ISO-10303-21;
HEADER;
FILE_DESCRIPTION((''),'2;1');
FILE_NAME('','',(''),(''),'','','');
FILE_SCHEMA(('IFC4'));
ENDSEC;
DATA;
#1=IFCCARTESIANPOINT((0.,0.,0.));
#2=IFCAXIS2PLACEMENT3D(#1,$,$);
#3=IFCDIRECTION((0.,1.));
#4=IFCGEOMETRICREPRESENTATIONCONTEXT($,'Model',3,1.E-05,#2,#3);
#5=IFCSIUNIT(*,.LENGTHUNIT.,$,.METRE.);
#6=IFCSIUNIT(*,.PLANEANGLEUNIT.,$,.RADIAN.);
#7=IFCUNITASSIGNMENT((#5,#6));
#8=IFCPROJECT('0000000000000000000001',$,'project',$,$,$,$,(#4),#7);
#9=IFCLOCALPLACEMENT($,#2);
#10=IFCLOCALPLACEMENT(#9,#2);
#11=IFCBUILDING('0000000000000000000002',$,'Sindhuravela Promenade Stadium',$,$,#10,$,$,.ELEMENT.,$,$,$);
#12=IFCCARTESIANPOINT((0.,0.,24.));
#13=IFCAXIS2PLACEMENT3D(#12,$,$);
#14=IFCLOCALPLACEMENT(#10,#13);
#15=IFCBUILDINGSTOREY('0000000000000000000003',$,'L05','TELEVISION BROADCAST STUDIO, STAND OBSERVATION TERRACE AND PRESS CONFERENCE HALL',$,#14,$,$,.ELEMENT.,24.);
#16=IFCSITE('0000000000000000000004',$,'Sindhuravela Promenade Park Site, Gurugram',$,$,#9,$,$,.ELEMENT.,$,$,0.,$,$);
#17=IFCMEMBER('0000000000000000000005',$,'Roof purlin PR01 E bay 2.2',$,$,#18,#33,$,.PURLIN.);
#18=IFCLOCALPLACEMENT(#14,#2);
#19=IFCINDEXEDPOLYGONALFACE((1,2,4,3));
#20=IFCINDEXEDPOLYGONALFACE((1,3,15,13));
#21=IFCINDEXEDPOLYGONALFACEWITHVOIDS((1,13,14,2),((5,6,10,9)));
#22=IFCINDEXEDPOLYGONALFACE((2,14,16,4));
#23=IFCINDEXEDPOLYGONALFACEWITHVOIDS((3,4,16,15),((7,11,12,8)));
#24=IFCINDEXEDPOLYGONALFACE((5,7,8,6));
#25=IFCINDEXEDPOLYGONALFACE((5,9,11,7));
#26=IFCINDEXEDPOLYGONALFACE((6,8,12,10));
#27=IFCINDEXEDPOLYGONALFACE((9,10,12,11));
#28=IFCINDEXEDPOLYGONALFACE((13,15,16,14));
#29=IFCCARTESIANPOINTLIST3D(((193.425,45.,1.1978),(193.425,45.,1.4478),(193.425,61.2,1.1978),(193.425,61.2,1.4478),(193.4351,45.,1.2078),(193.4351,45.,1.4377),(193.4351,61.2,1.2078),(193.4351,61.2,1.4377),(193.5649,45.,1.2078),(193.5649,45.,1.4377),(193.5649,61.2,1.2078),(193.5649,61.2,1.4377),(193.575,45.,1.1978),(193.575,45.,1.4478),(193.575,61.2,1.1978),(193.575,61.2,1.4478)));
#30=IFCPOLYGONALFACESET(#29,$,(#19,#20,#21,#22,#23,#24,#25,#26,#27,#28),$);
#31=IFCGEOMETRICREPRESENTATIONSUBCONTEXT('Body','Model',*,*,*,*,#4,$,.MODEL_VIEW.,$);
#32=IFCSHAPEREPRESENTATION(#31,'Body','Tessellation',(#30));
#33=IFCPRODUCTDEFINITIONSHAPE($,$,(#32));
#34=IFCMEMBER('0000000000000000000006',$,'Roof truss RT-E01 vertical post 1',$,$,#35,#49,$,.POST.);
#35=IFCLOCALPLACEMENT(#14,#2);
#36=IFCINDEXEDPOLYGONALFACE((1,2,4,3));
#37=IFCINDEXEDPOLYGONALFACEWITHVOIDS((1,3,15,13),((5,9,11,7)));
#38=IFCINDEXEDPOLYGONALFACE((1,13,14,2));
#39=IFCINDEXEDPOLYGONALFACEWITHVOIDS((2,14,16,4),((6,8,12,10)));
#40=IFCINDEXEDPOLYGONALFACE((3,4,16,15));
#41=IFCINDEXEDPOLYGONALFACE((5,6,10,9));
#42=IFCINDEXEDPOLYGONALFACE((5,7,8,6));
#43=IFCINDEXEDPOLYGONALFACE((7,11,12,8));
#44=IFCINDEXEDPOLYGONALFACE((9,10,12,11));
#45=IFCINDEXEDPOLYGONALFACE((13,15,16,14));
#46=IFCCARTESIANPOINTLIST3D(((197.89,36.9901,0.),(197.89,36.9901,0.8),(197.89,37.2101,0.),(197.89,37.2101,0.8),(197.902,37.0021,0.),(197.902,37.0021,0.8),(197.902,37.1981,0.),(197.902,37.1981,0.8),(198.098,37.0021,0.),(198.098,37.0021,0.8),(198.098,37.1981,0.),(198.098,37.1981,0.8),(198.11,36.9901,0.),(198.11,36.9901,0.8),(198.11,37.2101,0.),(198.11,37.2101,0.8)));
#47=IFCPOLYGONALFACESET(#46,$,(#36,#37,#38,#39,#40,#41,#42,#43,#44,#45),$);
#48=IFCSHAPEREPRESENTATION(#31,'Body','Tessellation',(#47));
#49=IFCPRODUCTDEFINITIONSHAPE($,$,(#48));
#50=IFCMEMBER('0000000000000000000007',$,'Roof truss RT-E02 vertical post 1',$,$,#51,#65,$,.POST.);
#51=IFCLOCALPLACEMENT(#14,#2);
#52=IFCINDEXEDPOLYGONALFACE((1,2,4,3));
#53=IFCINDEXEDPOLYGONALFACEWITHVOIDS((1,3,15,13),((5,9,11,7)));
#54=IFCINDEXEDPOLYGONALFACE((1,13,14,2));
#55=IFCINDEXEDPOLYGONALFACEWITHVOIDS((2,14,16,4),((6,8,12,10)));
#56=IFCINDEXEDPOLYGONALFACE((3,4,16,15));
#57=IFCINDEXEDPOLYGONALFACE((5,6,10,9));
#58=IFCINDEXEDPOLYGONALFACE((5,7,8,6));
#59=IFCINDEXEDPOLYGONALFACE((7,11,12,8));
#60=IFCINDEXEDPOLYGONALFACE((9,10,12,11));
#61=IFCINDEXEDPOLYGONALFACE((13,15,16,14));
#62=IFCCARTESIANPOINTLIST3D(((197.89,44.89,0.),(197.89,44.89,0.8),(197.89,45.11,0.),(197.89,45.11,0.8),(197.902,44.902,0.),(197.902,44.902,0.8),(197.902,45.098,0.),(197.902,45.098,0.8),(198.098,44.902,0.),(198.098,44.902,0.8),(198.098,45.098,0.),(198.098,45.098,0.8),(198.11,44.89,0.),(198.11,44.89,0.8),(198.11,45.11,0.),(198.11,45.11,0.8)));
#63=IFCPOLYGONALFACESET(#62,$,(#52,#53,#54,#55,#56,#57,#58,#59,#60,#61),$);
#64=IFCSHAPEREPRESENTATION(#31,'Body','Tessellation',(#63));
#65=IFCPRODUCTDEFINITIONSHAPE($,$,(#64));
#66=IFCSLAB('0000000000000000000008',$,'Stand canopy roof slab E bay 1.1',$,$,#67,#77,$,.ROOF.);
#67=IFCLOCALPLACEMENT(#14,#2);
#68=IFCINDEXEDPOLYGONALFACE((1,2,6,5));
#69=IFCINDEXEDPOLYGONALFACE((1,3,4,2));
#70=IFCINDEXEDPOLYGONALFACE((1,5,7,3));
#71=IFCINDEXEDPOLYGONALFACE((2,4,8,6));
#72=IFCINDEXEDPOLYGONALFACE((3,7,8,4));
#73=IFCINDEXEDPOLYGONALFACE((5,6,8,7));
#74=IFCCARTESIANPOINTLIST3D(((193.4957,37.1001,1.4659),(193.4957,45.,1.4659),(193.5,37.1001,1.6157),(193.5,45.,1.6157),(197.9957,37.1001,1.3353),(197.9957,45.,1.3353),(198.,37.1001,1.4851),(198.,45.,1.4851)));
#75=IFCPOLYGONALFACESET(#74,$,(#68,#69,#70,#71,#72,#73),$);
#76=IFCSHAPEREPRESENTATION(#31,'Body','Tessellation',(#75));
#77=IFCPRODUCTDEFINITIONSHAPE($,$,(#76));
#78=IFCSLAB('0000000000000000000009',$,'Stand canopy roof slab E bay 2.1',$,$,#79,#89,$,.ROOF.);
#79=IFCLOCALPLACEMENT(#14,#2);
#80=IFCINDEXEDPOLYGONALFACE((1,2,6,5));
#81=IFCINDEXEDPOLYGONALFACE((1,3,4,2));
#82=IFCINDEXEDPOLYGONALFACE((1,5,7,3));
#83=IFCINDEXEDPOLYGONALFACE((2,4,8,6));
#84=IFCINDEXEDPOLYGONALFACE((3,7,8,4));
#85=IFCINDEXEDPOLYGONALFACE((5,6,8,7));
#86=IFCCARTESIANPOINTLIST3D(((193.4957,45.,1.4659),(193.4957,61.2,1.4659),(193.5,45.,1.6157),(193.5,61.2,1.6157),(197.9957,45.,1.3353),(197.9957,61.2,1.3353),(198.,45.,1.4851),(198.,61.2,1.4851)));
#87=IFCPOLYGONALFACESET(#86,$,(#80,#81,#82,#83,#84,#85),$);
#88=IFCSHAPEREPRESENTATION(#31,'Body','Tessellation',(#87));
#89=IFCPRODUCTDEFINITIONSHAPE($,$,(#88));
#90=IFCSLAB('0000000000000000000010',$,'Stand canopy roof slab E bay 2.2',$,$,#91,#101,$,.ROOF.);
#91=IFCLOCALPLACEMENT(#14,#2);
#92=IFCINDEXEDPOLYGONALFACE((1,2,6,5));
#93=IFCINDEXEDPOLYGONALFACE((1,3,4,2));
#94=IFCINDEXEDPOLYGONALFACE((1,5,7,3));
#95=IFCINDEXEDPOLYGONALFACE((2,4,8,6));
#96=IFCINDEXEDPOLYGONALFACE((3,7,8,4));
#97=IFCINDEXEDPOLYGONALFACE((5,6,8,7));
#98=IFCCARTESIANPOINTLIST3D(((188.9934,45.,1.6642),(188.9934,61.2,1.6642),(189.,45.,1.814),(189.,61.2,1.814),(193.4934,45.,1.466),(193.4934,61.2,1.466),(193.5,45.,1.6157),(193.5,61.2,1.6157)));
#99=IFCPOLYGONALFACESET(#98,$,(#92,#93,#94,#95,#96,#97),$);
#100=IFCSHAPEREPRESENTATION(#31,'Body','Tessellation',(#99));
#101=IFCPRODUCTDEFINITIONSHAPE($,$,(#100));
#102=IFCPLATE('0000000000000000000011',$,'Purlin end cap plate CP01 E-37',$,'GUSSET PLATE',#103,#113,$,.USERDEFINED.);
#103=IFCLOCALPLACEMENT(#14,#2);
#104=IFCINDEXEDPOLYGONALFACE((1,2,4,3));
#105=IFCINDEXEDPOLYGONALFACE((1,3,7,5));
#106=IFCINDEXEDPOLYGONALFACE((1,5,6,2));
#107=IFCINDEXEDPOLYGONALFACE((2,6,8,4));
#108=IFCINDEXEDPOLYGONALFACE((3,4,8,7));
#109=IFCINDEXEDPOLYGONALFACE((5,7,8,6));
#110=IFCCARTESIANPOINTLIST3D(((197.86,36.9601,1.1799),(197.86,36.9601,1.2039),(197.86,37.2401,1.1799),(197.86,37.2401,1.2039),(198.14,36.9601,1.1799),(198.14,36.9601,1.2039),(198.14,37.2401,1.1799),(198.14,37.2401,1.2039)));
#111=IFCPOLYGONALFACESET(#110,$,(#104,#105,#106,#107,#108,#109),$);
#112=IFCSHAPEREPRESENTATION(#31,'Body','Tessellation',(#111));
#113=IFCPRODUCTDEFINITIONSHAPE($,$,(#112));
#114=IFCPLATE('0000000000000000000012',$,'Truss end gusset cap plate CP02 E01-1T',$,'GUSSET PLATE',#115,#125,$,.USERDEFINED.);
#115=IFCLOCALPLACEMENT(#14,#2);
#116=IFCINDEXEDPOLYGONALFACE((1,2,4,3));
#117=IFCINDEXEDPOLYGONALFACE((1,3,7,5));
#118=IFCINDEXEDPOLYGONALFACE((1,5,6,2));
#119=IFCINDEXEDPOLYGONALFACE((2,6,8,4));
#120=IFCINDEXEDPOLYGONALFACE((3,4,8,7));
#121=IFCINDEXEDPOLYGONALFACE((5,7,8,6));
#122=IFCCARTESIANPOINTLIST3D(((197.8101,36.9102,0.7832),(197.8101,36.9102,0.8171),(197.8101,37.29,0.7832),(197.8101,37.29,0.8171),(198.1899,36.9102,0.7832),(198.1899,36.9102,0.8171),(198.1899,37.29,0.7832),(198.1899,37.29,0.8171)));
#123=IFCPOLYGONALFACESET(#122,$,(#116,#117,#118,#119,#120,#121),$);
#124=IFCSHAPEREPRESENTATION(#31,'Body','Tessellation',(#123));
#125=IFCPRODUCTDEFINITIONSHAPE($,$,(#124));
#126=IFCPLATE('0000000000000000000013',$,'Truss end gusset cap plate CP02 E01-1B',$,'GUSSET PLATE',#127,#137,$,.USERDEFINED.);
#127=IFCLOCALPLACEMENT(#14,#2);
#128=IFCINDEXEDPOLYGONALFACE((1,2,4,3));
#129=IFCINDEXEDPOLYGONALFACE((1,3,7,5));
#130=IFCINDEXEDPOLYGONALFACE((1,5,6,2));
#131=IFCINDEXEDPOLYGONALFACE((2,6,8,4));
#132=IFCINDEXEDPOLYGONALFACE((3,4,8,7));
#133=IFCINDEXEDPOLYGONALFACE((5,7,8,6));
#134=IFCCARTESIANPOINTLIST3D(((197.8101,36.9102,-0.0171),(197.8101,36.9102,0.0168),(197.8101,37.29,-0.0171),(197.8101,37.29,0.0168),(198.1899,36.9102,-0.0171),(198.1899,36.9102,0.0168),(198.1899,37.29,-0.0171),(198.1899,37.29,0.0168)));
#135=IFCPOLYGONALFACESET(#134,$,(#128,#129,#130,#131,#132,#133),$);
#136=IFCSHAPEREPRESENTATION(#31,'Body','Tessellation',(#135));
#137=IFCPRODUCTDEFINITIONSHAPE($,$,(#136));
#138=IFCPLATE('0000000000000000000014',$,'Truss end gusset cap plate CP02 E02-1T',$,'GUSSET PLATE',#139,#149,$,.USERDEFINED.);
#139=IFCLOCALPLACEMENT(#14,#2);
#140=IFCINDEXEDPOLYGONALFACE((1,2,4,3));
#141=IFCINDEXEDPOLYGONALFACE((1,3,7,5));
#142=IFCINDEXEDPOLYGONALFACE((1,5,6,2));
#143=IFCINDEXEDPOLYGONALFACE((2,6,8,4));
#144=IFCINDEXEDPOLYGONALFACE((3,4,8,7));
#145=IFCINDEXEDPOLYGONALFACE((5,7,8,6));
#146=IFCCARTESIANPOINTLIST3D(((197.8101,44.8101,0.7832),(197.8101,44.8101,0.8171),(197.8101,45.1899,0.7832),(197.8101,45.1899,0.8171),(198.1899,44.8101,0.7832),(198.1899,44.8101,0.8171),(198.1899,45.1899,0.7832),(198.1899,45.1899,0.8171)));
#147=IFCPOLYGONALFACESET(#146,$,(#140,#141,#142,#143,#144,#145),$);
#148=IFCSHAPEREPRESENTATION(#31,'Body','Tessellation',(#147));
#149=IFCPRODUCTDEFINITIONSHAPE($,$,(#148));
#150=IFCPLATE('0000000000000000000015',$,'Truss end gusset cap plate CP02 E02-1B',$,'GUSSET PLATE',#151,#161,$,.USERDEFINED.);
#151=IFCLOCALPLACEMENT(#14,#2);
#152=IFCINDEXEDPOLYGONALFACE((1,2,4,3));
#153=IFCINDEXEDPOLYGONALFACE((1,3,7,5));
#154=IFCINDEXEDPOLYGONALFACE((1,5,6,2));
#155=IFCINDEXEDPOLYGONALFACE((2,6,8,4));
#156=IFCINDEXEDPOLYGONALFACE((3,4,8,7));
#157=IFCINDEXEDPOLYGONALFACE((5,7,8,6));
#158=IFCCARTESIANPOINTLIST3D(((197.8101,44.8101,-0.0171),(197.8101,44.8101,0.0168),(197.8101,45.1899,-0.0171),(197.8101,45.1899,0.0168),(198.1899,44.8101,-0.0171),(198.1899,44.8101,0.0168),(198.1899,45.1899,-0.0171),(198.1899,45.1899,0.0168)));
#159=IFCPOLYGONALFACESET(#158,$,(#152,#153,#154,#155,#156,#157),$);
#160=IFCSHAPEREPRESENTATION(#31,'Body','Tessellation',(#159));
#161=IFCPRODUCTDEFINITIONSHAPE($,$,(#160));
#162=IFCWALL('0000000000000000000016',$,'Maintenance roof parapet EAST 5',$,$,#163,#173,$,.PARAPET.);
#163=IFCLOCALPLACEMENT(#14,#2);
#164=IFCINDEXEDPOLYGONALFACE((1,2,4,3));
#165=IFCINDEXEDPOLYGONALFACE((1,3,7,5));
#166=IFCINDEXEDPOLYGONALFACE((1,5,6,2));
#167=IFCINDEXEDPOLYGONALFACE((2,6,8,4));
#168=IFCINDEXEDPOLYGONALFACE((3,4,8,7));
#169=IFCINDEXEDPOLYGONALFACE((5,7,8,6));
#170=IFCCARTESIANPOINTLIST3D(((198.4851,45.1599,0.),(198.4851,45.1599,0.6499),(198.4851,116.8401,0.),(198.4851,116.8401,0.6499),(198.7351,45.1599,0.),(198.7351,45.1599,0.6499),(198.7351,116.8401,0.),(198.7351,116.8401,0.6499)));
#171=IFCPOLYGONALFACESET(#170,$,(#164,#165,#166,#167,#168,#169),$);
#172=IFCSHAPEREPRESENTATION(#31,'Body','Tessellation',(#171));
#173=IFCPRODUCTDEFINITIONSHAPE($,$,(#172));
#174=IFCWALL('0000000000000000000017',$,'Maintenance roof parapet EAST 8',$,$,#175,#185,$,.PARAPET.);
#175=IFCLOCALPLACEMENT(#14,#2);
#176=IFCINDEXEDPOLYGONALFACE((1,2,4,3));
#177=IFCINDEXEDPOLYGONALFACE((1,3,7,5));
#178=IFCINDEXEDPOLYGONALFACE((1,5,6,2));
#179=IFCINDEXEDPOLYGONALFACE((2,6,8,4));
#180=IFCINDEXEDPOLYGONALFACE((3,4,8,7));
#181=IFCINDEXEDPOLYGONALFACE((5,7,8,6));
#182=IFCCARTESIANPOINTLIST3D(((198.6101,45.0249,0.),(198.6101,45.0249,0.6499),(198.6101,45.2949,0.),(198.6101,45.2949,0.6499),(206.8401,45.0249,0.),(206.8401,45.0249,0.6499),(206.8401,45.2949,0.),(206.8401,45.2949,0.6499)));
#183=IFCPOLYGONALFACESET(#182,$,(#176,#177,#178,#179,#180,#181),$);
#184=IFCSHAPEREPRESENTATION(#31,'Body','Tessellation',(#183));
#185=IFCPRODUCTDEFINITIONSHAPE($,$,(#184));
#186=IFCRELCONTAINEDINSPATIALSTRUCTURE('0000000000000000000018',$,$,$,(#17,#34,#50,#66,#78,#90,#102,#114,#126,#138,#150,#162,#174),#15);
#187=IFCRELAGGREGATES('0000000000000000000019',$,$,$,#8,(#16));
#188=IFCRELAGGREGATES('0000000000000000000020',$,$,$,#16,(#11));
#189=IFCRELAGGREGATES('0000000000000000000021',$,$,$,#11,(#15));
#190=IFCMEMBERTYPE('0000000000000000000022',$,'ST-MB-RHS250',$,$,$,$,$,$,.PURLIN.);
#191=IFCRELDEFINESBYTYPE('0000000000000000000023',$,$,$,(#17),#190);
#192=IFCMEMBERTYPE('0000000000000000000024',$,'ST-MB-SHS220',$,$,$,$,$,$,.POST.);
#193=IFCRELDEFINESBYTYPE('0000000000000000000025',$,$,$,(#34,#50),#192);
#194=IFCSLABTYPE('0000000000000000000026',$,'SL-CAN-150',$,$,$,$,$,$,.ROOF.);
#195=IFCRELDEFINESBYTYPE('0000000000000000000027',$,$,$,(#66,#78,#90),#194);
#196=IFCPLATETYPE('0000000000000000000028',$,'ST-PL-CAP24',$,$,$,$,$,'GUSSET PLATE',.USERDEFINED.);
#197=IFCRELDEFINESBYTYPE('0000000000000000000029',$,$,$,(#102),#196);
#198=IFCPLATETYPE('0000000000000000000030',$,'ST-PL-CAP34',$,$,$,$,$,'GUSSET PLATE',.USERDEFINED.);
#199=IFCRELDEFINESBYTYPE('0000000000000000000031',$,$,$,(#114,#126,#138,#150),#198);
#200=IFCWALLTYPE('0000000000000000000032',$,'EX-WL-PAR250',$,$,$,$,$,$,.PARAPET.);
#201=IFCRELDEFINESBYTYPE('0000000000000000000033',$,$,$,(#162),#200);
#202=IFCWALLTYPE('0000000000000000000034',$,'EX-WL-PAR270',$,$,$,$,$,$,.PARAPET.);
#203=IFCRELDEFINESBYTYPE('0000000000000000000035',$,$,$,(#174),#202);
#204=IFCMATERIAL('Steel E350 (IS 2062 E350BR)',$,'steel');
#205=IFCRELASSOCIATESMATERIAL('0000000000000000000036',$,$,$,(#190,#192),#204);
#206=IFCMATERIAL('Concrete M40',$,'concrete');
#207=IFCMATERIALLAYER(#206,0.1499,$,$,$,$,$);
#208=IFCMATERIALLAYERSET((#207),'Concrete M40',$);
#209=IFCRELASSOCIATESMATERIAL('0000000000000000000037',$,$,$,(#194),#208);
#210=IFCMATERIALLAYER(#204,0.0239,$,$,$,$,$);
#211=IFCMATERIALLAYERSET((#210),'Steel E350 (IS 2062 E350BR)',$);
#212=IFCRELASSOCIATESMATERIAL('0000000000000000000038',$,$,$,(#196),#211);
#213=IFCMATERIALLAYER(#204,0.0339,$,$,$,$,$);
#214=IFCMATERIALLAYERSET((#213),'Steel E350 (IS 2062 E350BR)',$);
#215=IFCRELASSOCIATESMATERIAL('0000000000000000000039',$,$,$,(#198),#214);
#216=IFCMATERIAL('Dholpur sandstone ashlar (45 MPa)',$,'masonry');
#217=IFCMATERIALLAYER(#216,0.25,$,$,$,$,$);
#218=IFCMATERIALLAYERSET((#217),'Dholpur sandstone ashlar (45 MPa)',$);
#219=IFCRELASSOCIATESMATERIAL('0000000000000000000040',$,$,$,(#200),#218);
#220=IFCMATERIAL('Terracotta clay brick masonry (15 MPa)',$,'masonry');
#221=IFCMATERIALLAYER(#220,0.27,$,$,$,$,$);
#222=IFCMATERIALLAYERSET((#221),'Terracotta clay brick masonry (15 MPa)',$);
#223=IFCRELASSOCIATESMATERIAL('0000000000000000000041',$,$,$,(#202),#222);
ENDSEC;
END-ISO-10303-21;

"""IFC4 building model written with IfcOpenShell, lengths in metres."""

from ifc_helpers import new_model, si_unit, direction, frame, frame_2d, origin, origin_2d, place, context, subcontext, project, spatial, polyline, rectangle, hollow_rectangle, outline, extrude, material, layer, layer_set, material_profile, profile_set, type_object, element, save


model = new_model("IFC4")

# Units and contexts
model_context = context("Model", 3, precision=1e-05, world=origin(), true_north=direction((0.0, 1.0)))
body_context = subcontext(model_context, "Body", "Model", "MODEL_VIEW")
ifc_project = project(units=[si_unit("LENGTHUNIT", "METRE"), si_unit("PLANEANGLEUNIT", "RADIAN")], contexts=[model_context])

# Site, building, storey
site_placement = place(None, origin())
site = spatial("IfcSite", under=ifc_project, at=site_placement, Name="Sindhuravela Promenade Park Site, Gurugram", CompositionType="ELEMENT", RefElevation=0.0)
building_placement = place(site_placement, origin())
building = spatial("IfcBuilding", under=site, at=building_placement, Name="Sindhuravela Promenade Stadium", CompositionType="ELEMENT")
storey_placement = place(building_placement, frame((0.0, 0.0, 24.0)))
storey = spatial("IfcBuildingStorey", under=building, at=storey_placement, Name="L05", Description="TELEVISION BROADCAST STUDIO, STAND OBSERVATION TERRACE AND PRESS CONFERENCE HALL", CompositionType="ELEMENT", Elevation=24.0)

# Shared definitions
ifc_material_1 = material(Name="Concrete M40", Category="concrete")
ifc_material_2 = material(Name="Steel E350 (IS 2062 E350BR)", Category="steel")

# Members
ifc_material_profile_1 = material_profile(ifc_material_2, hollow_rectangle(XDim=0.1499, YDim=0.25, WallThickness=0.01, at=origin_2d()), Name="RHS 250x150x10")
ifc_profile_set_1 = profile_set([ifc_material_profile_1], Name="Steel E350 (IS 2062 E350BR)")
member_type_1 = type_object("IfcMemberType", Name="ST-MB-RHS250", PredefinedType="PURLIN", material=ifc_profile_set_1)
for number, where, z_axis, x_axis, name in (
    (1, (193.5, 45.0, 1.3228), (0.0, 1.0, 0.0), (-1.0, 0.0, 0.0), "Roof purlin PR01 E bay 2.2"),
):
    element("IfcMember", number, at=place(storey_placement, frame(where, z_axis=z_axis, x_axis=x_axis)), inside=storey, type_object=member_type_1, Name=name, PredefinedType="PURLIN", context=body_context, shape_type="SweptSolid", body=[
        extrude(hollow_rectangle(XDim=0.1499, YDim=0.25, WallThickness=0.01, at=origin_2d()), origin(), (0.0, 0.0, 1.0), 16.2),
    ])
ifc_material_profile_2 = material_profile(ifc_material_2, hollow_rectangle(XDim=0.22, YDim=0.22, WallThickness=0.012, at=origin_2d()), Name="SHS 220x220x12")
ifc_profile_set_2 = profile_set([ifc_material_profile_2], Name="Steel E350 (IS 2062 E350BR)")
member_type_2 = type_object("IfcMemberType", Name="ST-MB-SHS220", PredefinedType="POST", material=ifc_profile_set_2)
for number, where, z_axis, x_axis, name in (
    (2, (198.0, 37.1001, 0.0), (0.0, 0.0, 1.0), (1.0, 0.0, 0.0), "Roof truss RT-E01 vertical post 1"),
    (3, (198.0, 45.0, 0.0), (0.0, 0.0, 1.0), (1.0, 0.0, 0.0), "Roof truss RT-E02 vertical post 1"),
):
    element("IfcMember", number, at=place(storey_placement, frame(where, z_axis=z_axis, x_axis=x_axis)), inside=storey, type_object=member_type_2, Name=name, PredefinedType="POST", context=body_context, shape_type="SweptSolid", body=[
        extrude(hollow_rectangle(XDim=0.22, YDim=0.22, WallThickness=0.012, at=origin_2d()), origin(), (0.0, 0.0, 1.0), 0.8),
    ])

# Slabs
ifc_layer_1 = layer(ifc_material_1, 0.1499)
ifc_layer_set_1 = layer_set([ifc_layer_1], Name="Concrete M40")
slab_type = type_object("IfcSlabType", Name="SL-CAN-150", PredefinedType="ROOF", material=ifc_layer_set_1)
slab_1_placement = place(storey_placement, frame((198.0, 37.1001, 1.4851), z_axis=(0.029013, 0.0, 0.999579), x_axis=(0.0, 1.0, 0.0)))
element("IfcSlab", 4, at=slab_1_placement, inside=storey, type_object=slab_type, Name="Stand canopy roof slab E bay 1.1", PredefinedType="ROOF", context=body_context, shape_type="SweptSolid", body=[
    extrude(outline(polyline([(0.0, 0.0), (7.8999, 0.0), (7.8999, 4.5019), (0.0, 4.5019), (0.0, 0.0)])), origin(), (0.0, 0.0, -1.0), 0.1499),
])
slab_2_placement = place(storey_placement, frame((198.0, 45.0, 1.4851), z_axis=(0.029013, 0.0, 0.999579), x_axis=(0.0, 1.0, 0.0)))
element("IfcSlab", 5, at=slab_2_placement, inside=storey, type_object=slab_type, Name="Stand canopy roof slab E bay 2.1", PredefinedType="ROOF", context=body_context, shape_type="SweptSolid", body=[
    extrude(outline(polyline([(0.0, 0.0), (16.2, 0.0), (16.2, 4.5019), (0.0, 4.5019), (0.0, 0.0)])), origin(), (0.0, 0.0, -1.0), 0.1499),
])
slab_3_placement = place(storey_placement, frame((193.5, 45.0, 1.6157), z_axis=(0.044011, 0.0, 0.999031), x_axis=(0.0, 1.0, 0.0)))
element("IfcSlab", 6, at=slab_3_placement, inside=storey, type_object=slab_type, Name="Stand canopy roof slab E bay 2.2", PredefinedType="ROOF", context=body_context, shape_type="SweptSolid", body=[
    extrude(outline(polyline([(0.0, 0.0), (16.2, 0.0), (16.2, 4.5044), (0.0, 4.5044), (0.0, 0.0)])), origin(), (0.0, 0.0, -1.0), 0.1499),
])

# Plates
ifc_layer_2 = layer(ifc_material_2, 0.0239)
ifc_layer_set_2 = layer_set([ifc_layer_2], Name="Steel E350 (IS 2062 E350BR)")
plate_type_1 = type_object("IfcPlateType", Name="ST-PL-CAP24", ElementType="GUSSET PLATE", PredefinedType="USERDEFINED", material=ifc_layer_set_2)
plate_placement = place(storey_placement, frame((198.0, 37.1001, 1.1799), z_axis=(0.0, 0.0, 1.0), x_axis=(1.0, 0.0, 0.0)))
element("IfcPlate", 7, at=plate_placement, inside=storey, type_object=plate_type_1, Name="Purlin end cap plate CP01 E-37", ObjectType="GUSSET PLATE", PredefinedType="USERDEFINED", context=body_context, shape_type="SweptSolid", body=[
    extrude(rectangle(XDim=0.28, YDim=0.28, at=origin_2d()), origin(), (0.0, 0.0, 1.0), 0.0239),
])
ifc_layer_3 = layer(ifc_material_2, 0.0339)
ifc_layer_set_3 = layer_set([ifc_layer_3], Name="Steel E350 (IS 2062 E350BR)")
plate_type_2 = type_object("IfcPlateType", Name="ST-PL-CAP34", ElementType="GUSSET PLATE", PredefinedType="USERDEFINED", material=ifc_layer_set_3)
for number, where, z_axis, x_axis, name in (
    (8, (198.0, 37.1001, 0.7832), (0.0, 0.0, 1.0), (1.0, 0.0, 0.0), "Truss end gusset cap plate CP02 E01-1T"),
    (9, (198.0, 37.1001, -0.0171), (0.0, 0.0, 1.0), (1.0, 0.0, 0.0), "Truss end gusset cap plate CP02 E01-1B"),
    (10, (198.0, 45.0, 0.7832), (0.0, 0.0, 1.0), (1.0, 0.0, 0.0), "Truss end gusset cap plate CP02 E02-1T"),
    (11, (198.0, 45.0, -0.0171), (0.0, 0.0, 1.0), (1.0, 0.0, 0.0), "Truss end gusset cap plate CP02 E02-1B"),
):
    element("IfcPlate", number, at=place(storey_placement, frame(where, z_axis=z_axis, x_axis=x_axis)), inside=storey, type_object=plate_type_2, Name=name, ObjectType="GUSSET PLATE", PredefinedType="USERDEFINED", context=body_context, shape_type="SweptSolid", body=[
        extrude(rectangle(XDim=0.3799, YDim=0.3799, at=origin_2d()), origin(), (0.0, 0.0, 1.0), 0.0339),
    ])

# Walls
ifc_material_3 = material(Name="Dholpur sandstone ashlar (45 MPa)", Category="masonry")
ifc_layer_4 = layer(ifc_material_3, 0.25)
ifc_layer_set_4 = layer_set([ifc_layer_4], Name="Dholpur sandstone ashlar (45 MPa)")
wall_type_1 = type_object("IfcWallType", Name="EX-WL-PAR250", PredefinedType="PARAPET", material=ifc_layer_set_4)
wall_1_placement = place(storey_placement, frame((198.6101, 45.1599, 0.0), z_axis=(0.0, 0.0, 1.0), x_axis=(0.0, 1.0, 0.0)))
element("IfcWall", 12, at=wall_1_placement, inside=storey, type_object=wall_type_1, Name="Maintenance roof parapet EAST 5", PredefinedType="PARAPET", context=body_context, shape_type="SweptSolid", body=[
    extrude(rectangle(XDim=71.6802, YDim=0.25, at=frame_2d((35.8401, 0.0))), origin(), (0.0, 0.0, 1.0), 0.6499),
])
ifc_material_4 = material(Name="Terracotta clay brick masonry (15 MPa)", Category="masonry")
ifc_layer_5 = layer(ifc_material_4, 0.27)
ifc_layer_set_5 = layer_set([ifc_layer_5], Name="Terracotta clay brick masonry (15 MPa)")
wall_type_2 = type_object("IfcWallType", Name="EX-WL-PAR270", PredefinedType="PARAPET", material=ifc_layer_set_5)
wall_2_placement = place(storey_placement, frame((206.8401, 45.1599, 0.0), z_axis=(0.0, 0.0, 1.0), x_axis=(-1.0, 0.0, 0.0)))
element("IfcWall", 13, at=wall_2_placement, inside=storey, type_object=wall_type_2, Name="Maintenance roof parapet EAST 8", PredefinedType="PARAPET", context=body_context, shape_type="SweptSolid", body=[
    extrude(rectangle(XDim=8.23, YDim=0.27, at=frame_2d((4.115, 0.0))), origin(), (0.0, 0.0, 1.0), 0.6499),
])

save(model, "model.ifc")
